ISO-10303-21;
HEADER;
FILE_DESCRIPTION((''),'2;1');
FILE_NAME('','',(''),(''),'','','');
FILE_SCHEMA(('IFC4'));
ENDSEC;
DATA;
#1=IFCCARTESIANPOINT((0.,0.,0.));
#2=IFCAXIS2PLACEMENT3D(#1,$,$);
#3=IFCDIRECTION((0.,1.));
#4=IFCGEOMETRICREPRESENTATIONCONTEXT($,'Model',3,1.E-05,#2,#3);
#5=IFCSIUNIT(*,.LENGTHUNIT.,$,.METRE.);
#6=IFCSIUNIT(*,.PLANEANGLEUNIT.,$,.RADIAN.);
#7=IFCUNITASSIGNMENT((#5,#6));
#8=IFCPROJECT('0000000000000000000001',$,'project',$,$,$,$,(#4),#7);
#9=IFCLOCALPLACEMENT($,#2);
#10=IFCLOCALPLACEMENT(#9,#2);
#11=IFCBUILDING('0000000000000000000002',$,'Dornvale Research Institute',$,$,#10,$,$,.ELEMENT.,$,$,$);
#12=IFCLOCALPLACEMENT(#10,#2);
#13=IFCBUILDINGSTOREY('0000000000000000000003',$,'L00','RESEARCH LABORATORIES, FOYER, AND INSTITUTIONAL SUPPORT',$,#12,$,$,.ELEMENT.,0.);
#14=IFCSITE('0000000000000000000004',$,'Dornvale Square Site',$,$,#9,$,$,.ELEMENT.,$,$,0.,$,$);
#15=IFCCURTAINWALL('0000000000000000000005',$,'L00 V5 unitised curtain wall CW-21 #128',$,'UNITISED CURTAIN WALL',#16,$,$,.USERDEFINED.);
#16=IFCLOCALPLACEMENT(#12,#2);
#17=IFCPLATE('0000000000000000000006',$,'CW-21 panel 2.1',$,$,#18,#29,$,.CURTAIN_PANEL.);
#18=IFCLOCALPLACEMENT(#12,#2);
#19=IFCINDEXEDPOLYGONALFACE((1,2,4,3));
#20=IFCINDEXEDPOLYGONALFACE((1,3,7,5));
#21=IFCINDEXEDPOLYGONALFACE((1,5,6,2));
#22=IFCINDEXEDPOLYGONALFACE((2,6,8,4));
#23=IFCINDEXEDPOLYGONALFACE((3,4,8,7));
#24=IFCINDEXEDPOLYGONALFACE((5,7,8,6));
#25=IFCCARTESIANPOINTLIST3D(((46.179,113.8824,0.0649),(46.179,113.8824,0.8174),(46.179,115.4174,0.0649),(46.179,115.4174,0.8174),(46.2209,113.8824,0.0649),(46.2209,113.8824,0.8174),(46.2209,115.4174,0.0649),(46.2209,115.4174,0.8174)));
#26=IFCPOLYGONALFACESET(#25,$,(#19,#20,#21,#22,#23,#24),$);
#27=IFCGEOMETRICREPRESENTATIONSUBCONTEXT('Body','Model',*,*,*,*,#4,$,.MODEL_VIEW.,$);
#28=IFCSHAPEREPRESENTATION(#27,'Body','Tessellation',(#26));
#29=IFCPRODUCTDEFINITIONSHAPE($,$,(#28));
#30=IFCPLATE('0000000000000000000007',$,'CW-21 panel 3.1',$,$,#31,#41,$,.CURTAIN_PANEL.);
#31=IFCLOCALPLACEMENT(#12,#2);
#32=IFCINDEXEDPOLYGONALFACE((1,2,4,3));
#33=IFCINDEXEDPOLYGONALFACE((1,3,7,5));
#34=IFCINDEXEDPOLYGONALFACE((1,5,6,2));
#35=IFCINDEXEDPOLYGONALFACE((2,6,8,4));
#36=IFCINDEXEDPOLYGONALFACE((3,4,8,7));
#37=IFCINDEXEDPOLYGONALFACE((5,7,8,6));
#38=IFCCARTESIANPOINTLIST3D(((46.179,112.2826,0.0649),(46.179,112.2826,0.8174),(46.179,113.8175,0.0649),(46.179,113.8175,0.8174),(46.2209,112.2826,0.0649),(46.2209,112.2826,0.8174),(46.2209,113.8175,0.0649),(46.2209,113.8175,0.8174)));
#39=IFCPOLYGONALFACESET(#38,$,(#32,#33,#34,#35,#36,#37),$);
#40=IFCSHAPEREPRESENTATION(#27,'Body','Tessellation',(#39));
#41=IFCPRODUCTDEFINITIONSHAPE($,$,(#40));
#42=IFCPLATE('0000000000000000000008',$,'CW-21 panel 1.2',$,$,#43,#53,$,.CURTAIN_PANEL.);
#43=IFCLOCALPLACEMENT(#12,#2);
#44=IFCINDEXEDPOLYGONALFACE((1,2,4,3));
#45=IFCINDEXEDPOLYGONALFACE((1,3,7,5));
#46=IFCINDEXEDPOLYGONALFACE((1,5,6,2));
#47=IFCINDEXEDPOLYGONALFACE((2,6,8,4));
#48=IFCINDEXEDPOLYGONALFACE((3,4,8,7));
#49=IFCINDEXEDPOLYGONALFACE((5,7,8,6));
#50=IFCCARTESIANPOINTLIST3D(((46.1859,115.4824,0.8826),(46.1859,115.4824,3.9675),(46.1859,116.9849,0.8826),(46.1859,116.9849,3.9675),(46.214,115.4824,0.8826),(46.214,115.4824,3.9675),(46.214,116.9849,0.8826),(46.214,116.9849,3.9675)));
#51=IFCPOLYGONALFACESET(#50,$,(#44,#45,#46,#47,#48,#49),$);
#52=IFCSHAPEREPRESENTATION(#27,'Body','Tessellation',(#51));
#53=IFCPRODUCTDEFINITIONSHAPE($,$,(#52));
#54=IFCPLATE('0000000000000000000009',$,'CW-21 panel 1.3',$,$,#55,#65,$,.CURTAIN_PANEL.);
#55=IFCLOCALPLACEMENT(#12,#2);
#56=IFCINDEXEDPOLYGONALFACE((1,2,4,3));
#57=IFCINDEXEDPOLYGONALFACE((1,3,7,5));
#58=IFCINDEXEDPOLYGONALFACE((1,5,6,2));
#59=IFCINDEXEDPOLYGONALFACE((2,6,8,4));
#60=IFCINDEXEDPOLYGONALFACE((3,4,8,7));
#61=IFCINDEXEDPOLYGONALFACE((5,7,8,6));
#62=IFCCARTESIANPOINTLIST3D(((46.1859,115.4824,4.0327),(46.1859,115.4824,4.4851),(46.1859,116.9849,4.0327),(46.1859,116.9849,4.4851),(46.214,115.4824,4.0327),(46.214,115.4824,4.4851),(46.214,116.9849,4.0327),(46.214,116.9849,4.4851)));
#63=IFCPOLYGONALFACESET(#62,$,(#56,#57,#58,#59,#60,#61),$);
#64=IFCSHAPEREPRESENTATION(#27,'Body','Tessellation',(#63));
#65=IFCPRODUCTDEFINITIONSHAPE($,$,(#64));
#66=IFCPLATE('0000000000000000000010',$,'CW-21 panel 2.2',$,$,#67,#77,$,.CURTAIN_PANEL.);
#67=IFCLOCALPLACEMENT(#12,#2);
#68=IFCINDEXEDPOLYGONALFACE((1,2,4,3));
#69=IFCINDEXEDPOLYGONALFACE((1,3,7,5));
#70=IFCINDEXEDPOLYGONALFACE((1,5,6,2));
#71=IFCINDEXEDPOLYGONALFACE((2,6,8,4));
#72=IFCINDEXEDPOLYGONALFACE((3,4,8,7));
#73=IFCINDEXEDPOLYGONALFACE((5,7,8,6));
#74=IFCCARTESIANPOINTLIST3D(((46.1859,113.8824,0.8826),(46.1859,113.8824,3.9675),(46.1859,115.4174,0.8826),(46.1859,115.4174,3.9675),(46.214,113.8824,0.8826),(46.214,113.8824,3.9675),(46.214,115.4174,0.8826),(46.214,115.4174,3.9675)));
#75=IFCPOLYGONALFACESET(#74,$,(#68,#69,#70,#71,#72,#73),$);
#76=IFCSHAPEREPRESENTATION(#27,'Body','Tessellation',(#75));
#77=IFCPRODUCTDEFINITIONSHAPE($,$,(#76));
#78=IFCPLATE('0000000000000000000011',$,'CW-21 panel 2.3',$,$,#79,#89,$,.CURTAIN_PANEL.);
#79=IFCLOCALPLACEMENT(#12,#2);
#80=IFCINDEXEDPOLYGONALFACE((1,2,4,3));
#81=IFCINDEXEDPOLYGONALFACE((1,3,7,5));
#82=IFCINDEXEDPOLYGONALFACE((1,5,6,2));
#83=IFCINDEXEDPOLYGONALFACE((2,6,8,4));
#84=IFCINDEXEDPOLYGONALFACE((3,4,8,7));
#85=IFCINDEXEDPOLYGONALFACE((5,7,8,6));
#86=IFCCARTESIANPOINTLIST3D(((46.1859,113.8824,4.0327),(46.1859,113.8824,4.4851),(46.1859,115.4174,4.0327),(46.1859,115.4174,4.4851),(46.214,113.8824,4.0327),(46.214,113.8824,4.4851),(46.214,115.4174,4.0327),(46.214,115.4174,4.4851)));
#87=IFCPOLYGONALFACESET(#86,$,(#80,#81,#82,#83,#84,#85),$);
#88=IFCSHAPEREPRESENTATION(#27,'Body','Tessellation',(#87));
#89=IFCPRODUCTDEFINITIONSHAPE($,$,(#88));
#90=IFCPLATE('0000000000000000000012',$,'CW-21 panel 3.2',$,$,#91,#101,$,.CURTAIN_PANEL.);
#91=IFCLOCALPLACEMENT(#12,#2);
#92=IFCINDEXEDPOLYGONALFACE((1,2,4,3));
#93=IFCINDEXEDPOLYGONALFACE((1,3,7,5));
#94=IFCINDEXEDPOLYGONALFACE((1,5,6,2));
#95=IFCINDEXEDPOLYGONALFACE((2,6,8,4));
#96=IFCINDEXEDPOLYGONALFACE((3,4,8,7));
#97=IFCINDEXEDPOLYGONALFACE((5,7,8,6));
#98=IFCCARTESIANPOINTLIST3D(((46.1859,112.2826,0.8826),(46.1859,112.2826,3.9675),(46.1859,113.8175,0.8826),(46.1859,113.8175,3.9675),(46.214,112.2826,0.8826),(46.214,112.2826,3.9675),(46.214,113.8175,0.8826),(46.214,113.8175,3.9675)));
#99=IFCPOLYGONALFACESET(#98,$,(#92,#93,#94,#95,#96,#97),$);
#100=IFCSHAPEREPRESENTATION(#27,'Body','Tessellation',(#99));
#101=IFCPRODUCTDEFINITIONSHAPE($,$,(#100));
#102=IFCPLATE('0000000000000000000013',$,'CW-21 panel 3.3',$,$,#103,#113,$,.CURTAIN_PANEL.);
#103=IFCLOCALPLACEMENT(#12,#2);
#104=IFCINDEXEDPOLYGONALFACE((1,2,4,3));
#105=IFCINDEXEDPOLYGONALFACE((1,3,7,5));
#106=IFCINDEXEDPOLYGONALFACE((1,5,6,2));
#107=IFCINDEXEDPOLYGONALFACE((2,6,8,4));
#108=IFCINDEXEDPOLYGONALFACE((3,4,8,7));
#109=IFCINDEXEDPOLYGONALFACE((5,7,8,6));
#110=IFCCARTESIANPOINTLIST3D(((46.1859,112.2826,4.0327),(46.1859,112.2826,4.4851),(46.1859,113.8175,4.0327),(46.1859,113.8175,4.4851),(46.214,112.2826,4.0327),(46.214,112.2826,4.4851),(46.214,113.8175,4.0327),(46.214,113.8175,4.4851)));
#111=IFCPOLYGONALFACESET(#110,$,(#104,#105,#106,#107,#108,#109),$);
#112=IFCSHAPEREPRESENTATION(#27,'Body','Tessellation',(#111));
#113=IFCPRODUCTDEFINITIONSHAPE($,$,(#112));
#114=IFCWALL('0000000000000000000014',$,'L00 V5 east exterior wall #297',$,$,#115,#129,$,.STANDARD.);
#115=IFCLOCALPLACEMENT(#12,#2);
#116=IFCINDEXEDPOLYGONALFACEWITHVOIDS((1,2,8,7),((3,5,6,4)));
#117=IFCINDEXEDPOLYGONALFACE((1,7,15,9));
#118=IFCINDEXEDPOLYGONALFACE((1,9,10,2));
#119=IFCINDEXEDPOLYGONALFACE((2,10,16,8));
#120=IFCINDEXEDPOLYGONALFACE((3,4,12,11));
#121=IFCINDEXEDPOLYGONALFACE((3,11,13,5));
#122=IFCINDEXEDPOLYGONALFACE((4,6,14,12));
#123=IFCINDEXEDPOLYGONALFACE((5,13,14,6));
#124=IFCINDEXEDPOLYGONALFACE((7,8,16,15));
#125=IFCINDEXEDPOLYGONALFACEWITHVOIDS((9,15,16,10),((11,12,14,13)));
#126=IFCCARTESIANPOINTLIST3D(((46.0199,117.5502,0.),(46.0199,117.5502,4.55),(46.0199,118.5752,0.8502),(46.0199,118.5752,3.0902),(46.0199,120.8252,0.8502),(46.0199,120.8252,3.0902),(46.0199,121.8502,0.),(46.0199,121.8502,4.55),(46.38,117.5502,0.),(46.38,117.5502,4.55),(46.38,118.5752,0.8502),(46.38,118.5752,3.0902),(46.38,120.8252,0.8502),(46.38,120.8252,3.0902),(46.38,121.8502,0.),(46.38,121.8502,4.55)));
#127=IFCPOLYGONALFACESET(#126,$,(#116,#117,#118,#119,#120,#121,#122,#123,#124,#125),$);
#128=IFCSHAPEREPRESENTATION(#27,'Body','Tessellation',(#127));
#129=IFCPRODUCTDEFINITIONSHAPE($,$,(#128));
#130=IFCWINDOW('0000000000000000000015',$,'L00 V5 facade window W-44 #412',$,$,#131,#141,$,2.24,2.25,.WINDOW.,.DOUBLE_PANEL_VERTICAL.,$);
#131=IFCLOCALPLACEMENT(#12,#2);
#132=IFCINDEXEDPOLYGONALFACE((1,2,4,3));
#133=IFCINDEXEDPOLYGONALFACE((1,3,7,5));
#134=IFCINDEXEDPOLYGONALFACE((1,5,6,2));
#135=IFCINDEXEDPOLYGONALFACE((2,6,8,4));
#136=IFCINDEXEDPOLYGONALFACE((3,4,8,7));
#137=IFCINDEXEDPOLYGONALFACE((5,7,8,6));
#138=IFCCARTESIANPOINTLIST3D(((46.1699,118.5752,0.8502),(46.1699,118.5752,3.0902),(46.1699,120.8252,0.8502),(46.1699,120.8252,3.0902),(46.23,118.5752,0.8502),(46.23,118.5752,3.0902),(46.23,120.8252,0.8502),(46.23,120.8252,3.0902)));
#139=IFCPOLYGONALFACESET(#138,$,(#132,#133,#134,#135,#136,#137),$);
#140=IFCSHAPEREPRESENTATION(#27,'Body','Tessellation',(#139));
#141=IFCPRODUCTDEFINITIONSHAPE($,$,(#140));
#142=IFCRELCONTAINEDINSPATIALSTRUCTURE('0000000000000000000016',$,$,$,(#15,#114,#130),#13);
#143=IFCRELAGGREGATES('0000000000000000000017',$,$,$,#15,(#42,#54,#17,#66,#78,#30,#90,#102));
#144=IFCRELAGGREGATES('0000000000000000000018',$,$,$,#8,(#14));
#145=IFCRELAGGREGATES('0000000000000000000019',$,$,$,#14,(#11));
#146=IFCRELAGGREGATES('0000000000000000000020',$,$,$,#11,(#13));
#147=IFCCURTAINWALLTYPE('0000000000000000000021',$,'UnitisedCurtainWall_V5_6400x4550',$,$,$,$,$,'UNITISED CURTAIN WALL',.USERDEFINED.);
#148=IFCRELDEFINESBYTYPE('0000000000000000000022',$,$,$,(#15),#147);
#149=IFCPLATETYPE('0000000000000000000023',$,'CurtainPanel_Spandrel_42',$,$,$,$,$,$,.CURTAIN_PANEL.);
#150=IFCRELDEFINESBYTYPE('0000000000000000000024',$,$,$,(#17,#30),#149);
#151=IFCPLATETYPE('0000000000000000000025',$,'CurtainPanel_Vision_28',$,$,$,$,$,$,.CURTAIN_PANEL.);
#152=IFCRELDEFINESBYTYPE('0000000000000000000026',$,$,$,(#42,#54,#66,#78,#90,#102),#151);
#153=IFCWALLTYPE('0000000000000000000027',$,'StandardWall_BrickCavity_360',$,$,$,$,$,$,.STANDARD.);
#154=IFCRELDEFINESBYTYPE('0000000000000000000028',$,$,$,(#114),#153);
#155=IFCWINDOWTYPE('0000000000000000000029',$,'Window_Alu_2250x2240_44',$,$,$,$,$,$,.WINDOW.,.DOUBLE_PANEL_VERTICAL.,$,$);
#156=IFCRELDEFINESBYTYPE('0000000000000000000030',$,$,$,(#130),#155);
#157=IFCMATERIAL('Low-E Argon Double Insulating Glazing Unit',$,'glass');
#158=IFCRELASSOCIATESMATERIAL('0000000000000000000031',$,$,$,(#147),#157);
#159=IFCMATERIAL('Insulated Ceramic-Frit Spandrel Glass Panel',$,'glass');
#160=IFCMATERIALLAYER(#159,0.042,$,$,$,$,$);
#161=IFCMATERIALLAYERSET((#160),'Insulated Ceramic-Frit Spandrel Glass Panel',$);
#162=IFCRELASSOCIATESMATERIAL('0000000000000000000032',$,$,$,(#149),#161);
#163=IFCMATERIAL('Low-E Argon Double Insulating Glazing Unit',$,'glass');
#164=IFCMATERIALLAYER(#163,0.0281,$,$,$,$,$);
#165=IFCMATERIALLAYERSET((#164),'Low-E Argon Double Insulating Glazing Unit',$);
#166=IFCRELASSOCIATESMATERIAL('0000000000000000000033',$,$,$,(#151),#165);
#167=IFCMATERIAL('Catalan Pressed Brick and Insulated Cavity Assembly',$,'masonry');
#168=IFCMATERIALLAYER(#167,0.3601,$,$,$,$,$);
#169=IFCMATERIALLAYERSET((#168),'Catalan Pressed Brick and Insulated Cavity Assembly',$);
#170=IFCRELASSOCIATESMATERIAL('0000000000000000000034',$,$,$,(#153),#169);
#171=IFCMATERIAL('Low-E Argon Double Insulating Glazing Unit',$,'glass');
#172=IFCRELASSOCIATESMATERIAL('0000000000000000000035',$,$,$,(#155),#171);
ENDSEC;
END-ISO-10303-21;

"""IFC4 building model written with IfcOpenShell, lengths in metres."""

from ifc_helpers import new_model, si_unit, direction, frame, frame_2d, origin, origin_2d, place, context, subcontext, project, spatial, rectangle, extrude, material, layer, layer_set, type_object, element, fill, aggregate, save


model = new_model("IFC4")

# Units and contexts
model_context = context("Model", 3, precision=1e-05, world=origin(), true_north=direction((0.0, 1.0)))
body_context = subcontext(model_context, "Body", "Model", "MODEL_VIEW")
ifc_project = project(units=[si_unit("LENGTHUNIT", "METRE"), si_unit("PLANEANGLEUNIT", "RADIAN")], contexts=[model_context])

# Site, building, storey
site_placement = place(None, origin())
site = spatial("IfcSite", under=ifc_project, at=site_placement, Name="Dornvale Square Site", CompositionType="ELEMENT", RefElevation=0.0)
building_placement = place(site_placement, origin())
building = spatial("IfcBuilding", under=site, at=building_placement, Name="Dornvale Research Institute", CompositionType="ELEMENT")
storey_placement = place(building_placement, origin())
storey = spatial("IfcBuildingStorey", under=building, at=storey_placement, Name="L00", Description="RESEARCH LABORATORIES, FOYER, AND INSTITUTIONAL SUPPORT", CompositionType="ELEMENT", Elevation=0.0)

# Curtain wall, plates
ifc_material_1 = material(Name="Low-E Argon Double Insulating Glazing Unit", Category="glass")
curtain_wall_type = type_object("IfcCurtainWallType", Name="UnitisedCurtainWall_V5_6400x4550", ElementType="UNITISED CURTAIN WALL", PredefinedType="USERDEFINED", material=ifc_material_1)
curtain_wall_placement = place(storey_placement, origin())
curtain_wall = element("IfcCurtainWall", 1, at=curtain_wall_placement, inside=storey, type_object=curtain_wall_type, Name="L00 V5 unitised curtain wall CW-21 #128", ObjectType="UNITISED CURTAIN WALL", PredefinedType="USERDEFINED")
ifc_material_2 = material(Name="Insulated Ceramic-Frit Spandrel Glass Panel", Category="glass")
ifc_layer_1 = layer(ifc_material_2, 0.042)
ifc_layer_set_1 = layer_set([ifc_layer_1], Name="Insulated Ceramic-Frit Spandrel Glass Panel")
plate_type_1 = type_object("IfcPlateType", Name="CurtainPanel_Spandrel_42", PredefinedType="CURTAIN_PANEL", material=ifc_layer_set_1)
plate_1_placement = place(storey_placement, frame((46.2, 114.6499, 0.0649), z_axis=(0.0, 0.0, 1.0), x_axis=(0.0, -1.0, 0.0)))
plate_1 = element("IfcPlate", 2, at=plate_1_placement, type_object=plate_type_1, Name="CW-21 panel 2.1", PredefinedType="CURTAIN_PANEL", context=body_context, shape_type="SweptSolid", body=[
    extrude(rectangle(XDim=1.5349, YDim=0.042, at=origin_2d()), origin(), (0.0, 0.0, 1.0), 0.7524),
])
plate_2_placement = place(storey_placement, frame((46.2, 113.05, 0.0649), z_axis=(0.0, 0.0, 1.0), x_axis=(0.0, -1.0, 0.0)))
plate_2 = element("IfcPlate", 3, at=plate_2_placement, type_object=plate_type_1, Name="CW-21 panel 3.1", PredefinedType="CURTAIN_PANEL", context=body_context, shape_type="SweptSolid", body=[
    extrude(rectangle(XDim=1.5349, YDim=0.042, at=origin_2d()), origin(), (0.0, 0.0, 1.0), 0.7524),
])
ifc_material_3 = material(Name="Low-E Argon Double Insulating Glazing Unit", Category="glass")
ifc_layer_2 = layer(ifc_material_3, 0.0281)
ifc_layer_set_2 = layer_set([ifc_layer_2], Name="Low-E Argon Double Insulating Glazing Unit")
plate_type_2 = type_object("IfcPlateType", Name="CurtainPanel_Vision_28", PredefinedType="CURTAIN_PANEL", material=ifc_layer_set_2)
plate_3_placement = place(storey_placement, frame((46.2, 116.2336, 0.8826), z_axis=(0.0, 0.0, 1.0), x_axis=(0.0, -1.0, 0.0)))
plate_3 = element("IfcPlate", 4, at=plate_3_placement, type_object=plate_type_2, Name="CW-21 panel 1.2", PredefinedType="CURTAIN_PANEL", context=body_context, shape_type="SweptSolid", body=[
    extrude(rectangle(XDim=1.5024, YDim=0.0281, at=origin_2d()), origin(), (0.0, 0.0, 1.0), 3.085),
])
plate_4_placement = place(storey_placement, frame((46.2, 116.2336, 4.0327), z_axis=(0.0, 0.0, 1.0), x_axis=(0.0, -1.0, 0.0)))
plate_4 = element("IfcPlate", 5, at=plate_4_placement, type_object=plate_type_2, Name="CW-21 panel 1.3", PredefinedType="CURTAIN_PANEL", context=body_context, shape_type="SweptSolid", body=[
    extrude(rectangle(XDim=1.5024, YDim=0.0281, at=origin_2d()), origin(), (0.0, 0.0, 1.0), 0.4524),
])
plate_5_placement = place(storey_placement, frame((46.2, 114.6499, 0.8826), z_axis=(0.0, 0.0, 1.0), x_axis=(0.0, -1.0, 0.0)))
plate_5 = element("IfcPlate", 6, at=plate_5_placement, type_object=plate_type_2, Name="CW-21 panel 2.2", PredefinedType="CURTAIN_PANEL", context=body_context, shape_type="SweptSolid", body=[
    extrude(rectangle(XDim=1.5349, YDim=0.0281, at=origin_2d()), origin(), (0.0, 0.0, 1.0), 3.085),
])
plate_6_placement = place(storey_placement, frame((46.2, 114.6499, 4.0327), z_axis=(0.0, 0.0, 1.0), x_axis=(0.0, -1.0, 0.0)))
plate_6 = element("IfcPlate", 7, at=plate_6_placement, type_object=plate_type_2, Name="CW-21 panel 2.3", PredefinedType="CURTAIN_PANEL", context=body_context, shape_type="SweptSolid", body=[
    extrude(rectangle(XDim=1.5349, YDim=0.0281, at=origin_2d()), origin(), (0.0, 0.0, 1.0), 0.4524),
])
plate_7_placement = place(storey_placement, frame((46.2, 113.05, 0.8826), z_axis=(0.0, 0.0, 1.0), x_axis=(0.0, -1.0, 0.0)))
plate_7 = element("IfcPlate", 8, at=plate_7_placement, type_object=plate_type_2, Name="CW-21 panel 3.2", PredefinedType="CURTAIN_PANEL", context=body_context, shape_type="SweptSolid", body=[
    extrude(rectangle(XDim=1.5349, YDim=0.0281, at=origin_2d()), origin(), (0.0, 0.0, 1.0), 3.085),
])
plate_8_placement = place(storey_placement, frame((46.2, 113.05, 4.0327), z_axis=(0.0, 0.0, 1.0), x_axis=(0.0, -1.0, 0.0)))
plate_8 = element("IfcPlate", 9, at=plate_8_placement, type_object=plate_type_2, Name="CW-21 panel 3.3", PredefinedType="CURTAIN_PANEL", context=body_context, shape_type="SweptSolid", body=[
    extrude(rectangle(XDim=1.5349, YDim=0.0281, at=origin_2d()), origin(), (0.0, 0.0, 1.0), 0.4524),
])
aggregate(curtain_wall, [plate_3, plate_4, plate_1, plate_5, plate_6, plate_2, plate_7, plate_8])

# Wall, opening, window
ifc_material_4 = material(Name="Catalan Pressed Brick and Insulated Cavity Assembly", Category="masonry")
ifc_layer_3 = layer(ifc_material_4, 0.3601)
ifc_layer_set_3 = layer_set([ifc_layer_3], Name="Catalan Pressed Brick and Insulated Cavity Assembly")
wall_type = type_object("IfcWallType", Name="StandardWall_BrickCavity_360", PredefinedType="STANDARD", material=ifc_layer_set_3)
wall_placement = place(storey_placement, frame((46.2, 121.8501, 0.0), z_axis=(0.0, 0.0, 1.0), x_axis=(0.0, -1.0, 0.0)))
wall = element("IfcWall", 10, at=wall_placement, inside=storey, type_object=wall_type, Name="L00 V5 east exterior wall #297", PredefinedType="STANDARD", context=body_context, shape_type="SweptSolid", body=[
    extrude(rectangle(XDim=4.3, YDim=0.3601, at=frame_2d((2.1499, 0.0))), origin(), (0.0, 0.0, 1.0), 4.55),
])
opening_placement = place(wall_placement, frame((1.0249, 0.0, 0.8501)))
opening = element("IfcOpeningElement", 11, at=opening_placement, cuts=wall, PredefinedType="OPENING", context=body_context, shape_type="SweptSolid", body=[
    extrude(rectangle(XDim=2.25, YDim=2.24, at=frame_2d((1.125, 1.1201))), frame((0.0, 0.1951, 0.0), z_axis=(0.0, -1.0, 0.0), x_axis=(1.0, 0.0, 0.0)), (0.0, 0.0, 1.0), 0.3901),
])
ifc_material_5 = material(Name="Low-E Argon Double Insulating Glazing Unit", Category="glass")
window_type = type_object("IfcWindowType", Name="Window_Alu_2250x2240_44", PartitioningType="DOUBLE_PANEL_VERTICAL", PredefinedType="WINDOW", material=ifc_material_5)
window_placement = place(opening_placement, origin())
window = element("IfcWindow", 12, at=window_placement, inside=storey, type_object=window_type, Name="L00 V5 facade window W-44 #412", OverallHeight=2.24, OverallWidth=2.25, PartitioningType="DOUBLE_PANEL_VERTICAL", PredefinedType="WINDOW", context=body_context, shape_type="SweptSolid", body=[
    extrude(rectangle(XDim=2.25, YDim=2.24, at=frame_2d((1.125, 1.1201))), frame((0.0, 0.03, 0.0), z_axis=(0.0, -1.0, 0.0), x_axis=(1.0, 0.0, 0.0)), (0.0, 0.0, 1.0), 0.0601),
])
fill(opening, window)

save(model, "model.ifc")
